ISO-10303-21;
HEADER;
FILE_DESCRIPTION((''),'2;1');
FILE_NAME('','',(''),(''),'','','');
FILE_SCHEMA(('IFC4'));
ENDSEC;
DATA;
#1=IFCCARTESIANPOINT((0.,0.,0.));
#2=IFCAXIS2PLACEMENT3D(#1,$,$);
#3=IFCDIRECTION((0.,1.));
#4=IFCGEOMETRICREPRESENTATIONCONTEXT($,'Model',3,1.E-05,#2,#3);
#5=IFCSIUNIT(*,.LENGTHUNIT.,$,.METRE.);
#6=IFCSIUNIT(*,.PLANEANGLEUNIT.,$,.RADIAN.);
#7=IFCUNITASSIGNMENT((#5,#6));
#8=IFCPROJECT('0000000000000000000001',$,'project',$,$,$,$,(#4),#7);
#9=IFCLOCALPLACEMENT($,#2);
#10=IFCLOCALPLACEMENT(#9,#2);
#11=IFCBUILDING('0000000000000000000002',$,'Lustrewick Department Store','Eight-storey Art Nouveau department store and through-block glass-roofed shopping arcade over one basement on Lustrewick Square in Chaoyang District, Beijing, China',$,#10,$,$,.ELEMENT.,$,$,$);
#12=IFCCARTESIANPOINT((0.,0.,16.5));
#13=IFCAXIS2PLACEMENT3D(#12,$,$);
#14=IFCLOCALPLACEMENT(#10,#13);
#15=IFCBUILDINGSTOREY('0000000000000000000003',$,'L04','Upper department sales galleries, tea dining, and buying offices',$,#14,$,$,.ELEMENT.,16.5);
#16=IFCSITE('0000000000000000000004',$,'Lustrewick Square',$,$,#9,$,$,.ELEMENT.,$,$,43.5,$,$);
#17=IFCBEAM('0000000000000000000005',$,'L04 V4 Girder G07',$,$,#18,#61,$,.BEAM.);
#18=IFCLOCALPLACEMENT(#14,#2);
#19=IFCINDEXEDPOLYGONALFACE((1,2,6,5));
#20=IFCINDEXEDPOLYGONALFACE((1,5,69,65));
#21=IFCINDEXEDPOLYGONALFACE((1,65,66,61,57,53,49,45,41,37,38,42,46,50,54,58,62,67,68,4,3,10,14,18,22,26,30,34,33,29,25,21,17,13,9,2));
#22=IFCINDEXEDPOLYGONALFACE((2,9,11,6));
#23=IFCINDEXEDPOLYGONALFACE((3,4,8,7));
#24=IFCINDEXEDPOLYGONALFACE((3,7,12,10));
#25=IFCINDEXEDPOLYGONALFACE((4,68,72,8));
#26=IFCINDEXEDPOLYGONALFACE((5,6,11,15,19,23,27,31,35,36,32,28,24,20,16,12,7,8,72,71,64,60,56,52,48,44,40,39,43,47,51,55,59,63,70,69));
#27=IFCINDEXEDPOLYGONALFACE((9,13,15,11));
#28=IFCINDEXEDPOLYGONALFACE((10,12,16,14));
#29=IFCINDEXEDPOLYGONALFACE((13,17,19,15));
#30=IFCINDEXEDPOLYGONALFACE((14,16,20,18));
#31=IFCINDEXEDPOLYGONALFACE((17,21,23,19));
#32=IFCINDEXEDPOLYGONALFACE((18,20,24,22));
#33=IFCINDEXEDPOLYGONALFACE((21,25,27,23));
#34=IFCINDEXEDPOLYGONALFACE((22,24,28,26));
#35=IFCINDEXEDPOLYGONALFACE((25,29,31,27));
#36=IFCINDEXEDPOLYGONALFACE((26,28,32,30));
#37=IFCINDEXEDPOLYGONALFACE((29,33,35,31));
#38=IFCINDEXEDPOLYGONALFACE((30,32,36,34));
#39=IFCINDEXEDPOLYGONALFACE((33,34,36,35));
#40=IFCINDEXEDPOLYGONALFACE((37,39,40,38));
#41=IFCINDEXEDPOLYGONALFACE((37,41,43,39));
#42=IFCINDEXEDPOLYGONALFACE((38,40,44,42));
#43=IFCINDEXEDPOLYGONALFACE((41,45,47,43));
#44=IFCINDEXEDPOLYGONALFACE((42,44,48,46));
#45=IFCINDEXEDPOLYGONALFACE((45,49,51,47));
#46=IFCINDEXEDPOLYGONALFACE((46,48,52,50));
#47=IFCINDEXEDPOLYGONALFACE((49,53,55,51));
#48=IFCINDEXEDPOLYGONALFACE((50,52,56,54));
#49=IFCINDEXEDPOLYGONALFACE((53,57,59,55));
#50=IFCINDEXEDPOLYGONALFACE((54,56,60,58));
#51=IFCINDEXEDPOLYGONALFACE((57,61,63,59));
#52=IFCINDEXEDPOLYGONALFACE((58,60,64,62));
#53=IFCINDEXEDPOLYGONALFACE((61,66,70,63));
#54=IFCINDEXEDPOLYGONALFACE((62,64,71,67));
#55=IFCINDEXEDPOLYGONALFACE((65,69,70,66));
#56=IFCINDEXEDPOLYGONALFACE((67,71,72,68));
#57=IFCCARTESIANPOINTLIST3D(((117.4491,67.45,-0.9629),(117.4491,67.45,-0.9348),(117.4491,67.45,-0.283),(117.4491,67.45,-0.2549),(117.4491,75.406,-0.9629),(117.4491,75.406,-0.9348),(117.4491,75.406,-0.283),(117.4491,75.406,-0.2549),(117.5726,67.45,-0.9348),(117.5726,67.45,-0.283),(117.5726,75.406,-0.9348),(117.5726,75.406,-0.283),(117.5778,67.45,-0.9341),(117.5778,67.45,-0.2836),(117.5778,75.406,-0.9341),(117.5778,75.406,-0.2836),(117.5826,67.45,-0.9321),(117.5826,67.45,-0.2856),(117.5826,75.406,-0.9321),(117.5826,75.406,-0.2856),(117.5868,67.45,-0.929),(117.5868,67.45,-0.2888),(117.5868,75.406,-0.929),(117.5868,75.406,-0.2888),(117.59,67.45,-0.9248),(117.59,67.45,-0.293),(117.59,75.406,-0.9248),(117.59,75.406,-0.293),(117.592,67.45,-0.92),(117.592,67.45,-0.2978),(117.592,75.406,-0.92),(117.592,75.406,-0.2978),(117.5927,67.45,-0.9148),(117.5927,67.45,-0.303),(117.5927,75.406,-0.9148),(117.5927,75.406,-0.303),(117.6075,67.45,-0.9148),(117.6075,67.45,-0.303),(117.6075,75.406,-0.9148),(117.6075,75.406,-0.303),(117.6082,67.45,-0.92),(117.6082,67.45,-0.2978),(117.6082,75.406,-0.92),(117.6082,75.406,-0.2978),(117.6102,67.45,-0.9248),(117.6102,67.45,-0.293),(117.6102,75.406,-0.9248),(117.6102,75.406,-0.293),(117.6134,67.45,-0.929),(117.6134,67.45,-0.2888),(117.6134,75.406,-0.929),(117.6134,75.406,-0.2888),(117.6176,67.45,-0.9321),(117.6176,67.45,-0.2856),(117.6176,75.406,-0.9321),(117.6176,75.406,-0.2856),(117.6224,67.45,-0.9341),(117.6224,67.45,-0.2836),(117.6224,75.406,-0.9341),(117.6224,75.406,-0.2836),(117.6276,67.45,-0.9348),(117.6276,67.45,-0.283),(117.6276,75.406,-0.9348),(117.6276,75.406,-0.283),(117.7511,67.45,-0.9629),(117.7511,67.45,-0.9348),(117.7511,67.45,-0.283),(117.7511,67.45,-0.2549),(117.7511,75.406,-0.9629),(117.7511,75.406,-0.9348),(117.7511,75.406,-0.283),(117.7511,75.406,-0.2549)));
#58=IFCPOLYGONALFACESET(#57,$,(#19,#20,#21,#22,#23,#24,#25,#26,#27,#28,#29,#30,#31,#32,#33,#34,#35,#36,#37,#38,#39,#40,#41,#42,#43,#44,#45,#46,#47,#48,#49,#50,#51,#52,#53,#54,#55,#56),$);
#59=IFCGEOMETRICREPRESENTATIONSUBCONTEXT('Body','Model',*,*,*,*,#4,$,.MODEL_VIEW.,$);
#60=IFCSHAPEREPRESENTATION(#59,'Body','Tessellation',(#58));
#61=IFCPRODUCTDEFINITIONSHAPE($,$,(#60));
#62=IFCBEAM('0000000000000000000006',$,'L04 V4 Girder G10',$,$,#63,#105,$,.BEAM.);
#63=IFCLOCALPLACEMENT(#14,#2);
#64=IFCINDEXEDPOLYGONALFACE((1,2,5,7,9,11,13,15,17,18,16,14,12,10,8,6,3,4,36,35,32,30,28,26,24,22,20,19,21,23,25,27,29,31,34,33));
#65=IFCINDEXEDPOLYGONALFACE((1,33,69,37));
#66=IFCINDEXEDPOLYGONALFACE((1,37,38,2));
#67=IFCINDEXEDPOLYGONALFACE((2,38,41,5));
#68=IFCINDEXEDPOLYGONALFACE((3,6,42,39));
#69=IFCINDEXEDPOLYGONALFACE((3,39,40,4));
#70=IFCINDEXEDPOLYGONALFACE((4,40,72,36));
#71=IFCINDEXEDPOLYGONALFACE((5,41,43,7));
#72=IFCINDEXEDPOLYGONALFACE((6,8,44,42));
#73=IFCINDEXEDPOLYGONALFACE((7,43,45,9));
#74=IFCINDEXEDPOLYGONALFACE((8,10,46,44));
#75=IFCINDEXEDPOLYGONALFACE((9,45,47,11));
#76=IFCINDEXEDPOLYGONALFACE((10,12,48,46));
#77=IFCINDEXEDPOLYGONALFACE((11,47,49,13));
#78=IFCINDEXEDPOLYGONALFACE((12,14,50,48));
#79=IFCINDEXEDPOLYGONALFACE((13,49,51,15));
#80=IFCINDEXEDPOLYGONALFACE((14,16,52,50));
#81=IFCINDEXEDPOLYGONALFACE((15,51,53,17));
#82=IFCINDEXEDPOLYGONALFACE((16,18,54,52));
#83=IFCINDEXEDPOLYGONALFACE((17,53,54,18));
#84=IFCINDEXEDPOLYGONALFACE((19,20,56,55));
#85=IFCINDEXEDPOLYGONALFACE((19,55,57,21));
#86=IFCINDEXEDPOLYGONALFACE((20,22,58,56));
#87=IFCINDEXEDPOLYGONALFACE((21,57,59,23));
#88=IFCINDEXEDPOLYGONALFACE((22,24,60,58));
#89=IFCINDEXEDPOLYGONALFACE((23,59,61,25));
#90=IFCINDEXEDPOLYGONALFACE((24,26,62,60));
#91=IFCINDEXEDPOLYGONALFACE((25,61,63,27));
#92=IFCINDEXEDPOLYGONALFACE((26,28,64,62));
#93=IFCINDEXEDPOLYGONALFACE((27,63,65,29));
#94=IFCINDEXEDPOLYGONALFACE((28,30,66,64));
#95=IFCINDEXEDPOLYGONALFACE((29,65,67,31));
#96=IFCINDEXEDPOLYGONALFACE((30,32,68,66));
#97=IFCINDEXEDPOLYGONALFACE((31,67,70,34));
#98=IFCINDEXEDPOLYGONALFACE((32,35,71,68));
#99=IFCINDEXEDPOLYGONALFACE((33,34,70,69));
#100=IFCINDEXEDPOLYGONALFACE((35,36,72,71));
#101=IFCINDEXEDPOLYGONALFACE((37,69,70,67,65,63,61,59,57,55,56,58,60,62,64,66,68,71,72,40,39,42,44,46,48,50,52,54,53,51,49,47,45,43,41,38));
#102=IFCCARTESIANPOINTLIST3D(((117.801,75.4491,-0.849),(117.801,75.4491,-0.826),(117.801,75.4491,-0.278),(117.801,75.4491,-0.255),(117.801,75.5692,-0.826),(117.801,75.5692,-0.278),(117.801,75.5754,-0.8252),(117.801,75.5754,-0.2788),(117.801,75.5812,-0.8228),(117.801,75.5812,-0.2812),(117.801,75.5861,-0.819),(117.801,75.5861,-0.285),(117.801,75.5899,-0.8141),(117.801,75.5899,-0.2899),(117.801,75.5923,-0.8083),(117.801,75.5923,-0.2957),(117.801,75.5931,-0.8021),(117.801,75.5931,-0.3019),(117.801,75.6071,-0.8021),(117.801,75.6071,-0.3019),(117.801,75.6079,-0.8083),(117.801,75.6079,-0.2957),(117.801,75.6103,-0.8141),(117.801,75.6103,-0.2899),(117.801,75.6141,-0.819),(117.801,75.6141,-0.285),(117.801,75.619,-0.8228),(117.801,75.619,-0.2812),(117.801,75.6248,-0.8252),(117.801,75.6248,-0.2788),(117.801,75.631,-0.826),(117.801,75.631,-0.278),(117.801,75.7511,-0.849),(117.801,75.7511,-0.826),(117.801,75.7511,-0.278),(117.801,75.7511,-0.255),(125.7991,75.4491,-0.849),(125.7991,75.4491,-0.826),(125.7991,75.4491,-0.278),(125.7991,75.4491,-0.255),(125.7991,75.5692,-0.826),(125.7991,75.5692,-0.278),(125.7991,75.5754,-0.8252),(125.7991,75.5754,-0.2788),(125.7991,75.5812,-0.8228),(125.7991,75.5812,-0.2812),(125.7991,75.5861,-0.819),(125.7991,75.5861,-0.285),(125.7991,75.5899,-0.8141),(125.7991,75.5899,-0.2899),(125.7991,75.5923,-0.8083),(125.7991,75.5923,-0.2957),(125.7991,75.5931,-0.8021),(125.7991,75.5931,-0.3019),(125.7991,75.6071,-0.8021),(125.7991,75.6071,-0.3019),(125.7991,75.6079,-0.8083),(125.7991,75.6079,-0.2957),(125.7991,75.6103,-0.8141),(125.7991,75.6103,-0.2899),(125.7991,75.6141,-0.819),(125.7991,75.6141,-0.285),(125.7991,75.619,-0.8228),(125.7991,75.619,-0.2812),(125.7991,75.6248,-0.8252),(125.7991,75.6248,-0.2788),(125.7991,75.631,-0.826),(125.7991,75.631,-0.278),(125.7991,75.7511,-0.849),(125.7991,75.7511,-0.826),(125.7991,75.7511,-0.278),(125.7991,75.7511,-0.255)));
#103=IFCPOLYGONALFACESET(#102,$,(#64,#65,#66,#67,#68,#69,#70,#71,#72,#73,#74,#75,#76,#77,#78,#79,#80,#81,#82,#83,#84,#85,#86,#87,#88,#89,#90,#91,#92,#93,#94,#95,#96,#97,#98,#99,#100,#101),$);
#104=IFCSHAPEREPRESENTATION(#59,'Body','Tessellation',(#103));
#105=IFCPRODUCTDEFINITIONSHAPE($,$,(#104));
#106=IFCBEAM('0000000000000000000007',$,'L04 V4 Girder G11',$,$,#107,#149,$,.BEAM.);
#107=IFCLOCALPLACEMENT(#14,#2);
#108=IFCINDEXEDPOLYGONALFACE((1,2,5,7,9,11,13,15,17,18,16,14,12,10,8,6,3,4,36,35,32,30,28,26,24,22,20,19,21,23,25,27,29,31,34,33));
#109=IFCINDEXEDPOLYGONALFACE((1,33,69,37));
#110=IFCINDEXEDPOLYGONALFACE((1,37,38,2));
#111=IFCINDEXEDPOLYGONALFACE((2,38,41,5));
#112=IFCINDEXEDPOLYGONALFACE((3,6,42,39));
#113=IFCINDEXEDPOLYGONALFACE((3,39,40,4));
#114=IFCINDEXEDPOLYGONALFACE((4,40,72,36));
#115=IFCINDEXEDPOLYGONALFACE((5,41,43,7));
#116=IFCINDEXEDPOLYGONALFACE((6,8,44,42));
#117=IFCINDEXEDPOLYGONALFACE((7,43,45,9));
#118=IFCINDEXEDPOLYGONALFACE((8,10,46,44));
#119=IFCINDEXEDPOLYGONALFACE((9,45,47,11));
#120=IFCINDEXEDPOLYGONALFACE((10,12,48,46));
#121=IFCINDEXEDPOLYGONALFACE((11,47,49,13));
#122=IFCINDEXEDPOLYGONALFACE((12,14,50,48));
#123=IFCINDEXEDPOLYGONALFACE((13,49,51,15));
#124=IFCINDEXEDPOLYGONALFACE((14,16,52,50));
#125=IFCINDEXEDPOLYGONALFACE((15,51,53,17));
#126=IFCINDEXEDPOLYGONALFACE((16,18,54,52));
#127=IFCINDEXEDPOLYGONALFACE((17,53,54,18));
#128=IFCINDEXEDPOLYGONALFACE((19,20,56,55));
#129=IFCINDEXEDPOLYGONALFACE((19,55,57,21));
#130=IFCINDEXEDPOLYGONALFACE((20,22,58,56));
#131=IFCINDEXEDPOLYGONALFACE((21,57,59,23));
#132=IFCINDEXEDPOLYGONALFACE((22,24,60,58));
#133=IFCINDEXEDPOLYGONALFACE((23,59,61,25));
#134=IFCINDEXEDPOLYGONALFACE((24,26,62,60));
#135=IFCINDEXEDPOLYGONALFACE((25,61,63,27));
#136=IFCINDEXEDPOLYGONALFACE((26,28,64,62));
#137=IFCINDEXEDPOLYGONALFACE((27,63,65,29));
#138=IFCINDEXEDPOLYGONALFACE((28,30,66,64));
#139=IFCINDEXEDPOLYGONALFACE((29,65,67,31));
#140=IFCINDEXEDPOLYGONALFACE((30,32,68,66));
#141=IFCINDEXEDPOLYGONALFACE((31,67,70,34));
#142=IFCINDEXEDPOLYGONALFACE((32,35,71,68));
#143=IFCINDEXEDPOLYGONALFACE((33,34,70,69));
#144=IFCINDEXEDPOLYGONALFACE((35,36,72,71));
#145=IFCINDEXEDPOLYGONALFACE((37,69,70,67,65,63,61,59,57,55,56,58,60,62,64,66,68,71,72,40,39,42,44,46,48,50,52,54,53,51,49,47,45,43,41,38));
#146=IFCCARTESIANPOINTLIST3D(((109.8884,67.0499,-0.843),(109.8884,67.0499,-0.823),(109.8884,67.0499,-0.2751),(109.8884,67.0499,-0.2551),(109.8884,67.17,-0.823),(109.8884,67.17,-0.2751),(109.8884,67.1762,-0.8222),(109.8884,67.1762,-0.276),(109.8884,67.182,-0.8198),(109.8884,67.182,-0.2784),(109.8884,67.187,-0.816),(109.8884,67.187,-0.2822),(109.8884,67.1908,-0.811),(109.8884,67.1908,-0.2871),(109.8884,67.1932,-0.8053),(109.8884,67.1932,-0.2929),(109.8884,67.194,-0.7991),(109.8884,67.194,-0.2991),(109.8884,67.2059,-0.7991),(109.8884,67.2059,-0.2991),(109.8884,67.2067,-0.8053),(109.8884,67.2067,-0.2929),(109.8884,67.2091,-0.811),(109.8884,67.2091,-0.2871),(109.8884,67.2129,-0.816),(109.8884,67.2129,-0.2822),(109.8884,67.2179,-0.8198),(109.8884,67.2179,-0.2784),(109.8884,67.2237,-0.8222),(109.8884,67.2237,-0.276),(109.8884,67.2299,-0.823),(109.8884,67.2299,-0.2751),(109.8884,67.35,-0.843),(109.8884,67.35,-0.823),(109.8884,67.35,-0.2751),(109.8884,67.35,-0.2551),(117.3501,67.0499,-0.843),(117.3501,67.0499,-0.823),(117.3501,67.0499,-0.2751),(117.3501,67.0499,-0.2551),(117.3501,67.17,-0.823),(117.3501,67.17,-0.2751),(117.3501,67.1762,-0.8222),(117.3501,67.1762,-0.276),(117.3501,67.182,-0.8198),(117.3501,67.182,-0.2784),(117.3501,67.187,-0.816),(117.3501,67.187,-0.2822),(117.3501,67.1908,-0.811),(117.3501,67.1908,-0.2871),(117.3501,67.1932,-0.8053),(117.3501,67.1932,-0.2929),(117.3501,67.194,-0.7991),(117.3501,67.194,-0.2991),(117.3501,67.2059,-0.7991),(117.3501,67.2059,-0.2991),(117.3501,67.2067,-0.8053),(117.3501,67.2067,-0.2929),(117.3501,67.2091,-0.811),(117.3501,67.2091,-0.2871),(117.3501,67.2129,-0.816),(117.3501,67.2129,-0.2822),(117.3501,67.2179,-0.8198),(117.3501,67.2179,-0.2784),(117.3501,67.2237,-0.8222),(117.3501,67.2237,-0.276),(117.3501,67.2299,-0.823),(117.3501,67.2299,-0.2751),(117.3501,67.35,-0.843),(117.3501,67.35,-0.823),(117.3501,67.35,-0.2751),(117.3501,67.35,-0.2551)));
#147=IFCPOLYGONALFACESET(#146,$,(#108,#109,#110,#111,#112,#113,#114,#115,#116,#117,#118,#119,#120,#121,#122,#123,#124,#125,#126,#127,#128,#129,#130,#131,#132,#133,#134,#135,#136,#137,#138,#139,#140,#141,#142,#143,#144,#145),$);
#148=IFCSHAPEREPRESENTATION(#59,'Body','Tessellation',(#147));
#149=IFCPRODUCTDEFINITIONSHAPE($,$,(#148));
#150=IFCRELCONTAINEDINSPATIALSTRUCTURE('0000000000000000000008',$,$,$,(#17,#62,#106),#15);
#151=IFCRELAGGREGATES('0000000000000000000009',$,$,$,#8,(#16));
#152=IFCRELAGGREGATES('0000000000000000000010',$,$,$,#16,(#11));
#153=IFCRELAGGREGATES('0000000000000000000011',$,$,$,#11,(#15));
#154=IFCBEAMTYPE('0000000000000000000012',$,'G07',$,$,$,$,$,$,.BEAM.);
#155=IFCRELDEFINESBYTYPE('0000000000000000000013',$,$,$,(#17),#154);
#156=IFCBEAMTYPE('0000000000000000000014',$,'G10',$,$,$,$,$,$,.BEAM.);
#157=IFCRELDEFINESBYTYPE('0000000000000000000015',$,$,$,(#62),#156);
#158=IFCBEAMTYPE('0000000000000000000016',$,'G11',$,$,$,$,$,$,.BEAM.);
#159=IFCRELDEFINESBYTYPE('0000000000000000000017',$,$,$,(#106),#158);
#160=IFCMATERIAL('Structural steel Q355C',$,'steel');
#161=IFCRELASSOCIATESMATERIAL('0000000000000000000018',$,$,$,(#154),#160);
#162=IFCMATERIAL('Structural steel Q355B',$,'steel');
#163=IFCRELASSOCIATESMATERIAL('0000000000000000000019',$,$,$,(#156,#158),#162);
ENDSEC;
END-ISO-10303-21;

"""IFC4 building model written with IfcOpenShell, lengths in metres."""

from ifc_helpers import new_model, si_unit, direction, frame, origin, origin_2d, place, context, subcontext, project, spatial, i_section, extrude, material, material_profile, profile_set, type_object, element, save


model = new_model("IFC4")

# Units and contexts
model_context = context("Model", 3, precision=1e-05, world=origin(), true_north=direction((0.0, 1.0)))
body_context = subcontext(model_context, "Body", "Model", "MODEL_VIEW")
ifc_project = project(units=[si_unit("LENGTHUNIT", "METRE"), si_unit("PLANEANGLEUNIT", "RADIAN")], contexts=[model_context])

# Site, building, storey
site_placement = place(None, origin())
site = spatial("IfcSite", under=ifc_project, at=site_placement, Name="Lustrewick Square", CompositionType="ELEMENT", RefElevation=43.5)
building_placement = place(site_placement, origin())
building = spatial("IfcBuilding", under=site, at=building_placement, Name="Lustrewick Department Store", Description="Eight-storey Art Nouveau department store and through-block glass-roofed shopping arcade over one basement on Lustrewick Square in Chaoyang District, Beijing, China", CompositionType="ELEMENT")
storey_placement = place(building_placement, frame((0.0, 0.0, 16.5)))
storey = spatial("IfcBuildingStorey", under=building, at=storey_placement, Name="L04", Description="Upper department sales galleries, tea dining, and buying offices", CompositionType="ELEMENT", Elevation=16.5)

# Shared definitions
ifc_material_1 = material(Name="Structural steel Q355B", Category="steel")
ifc_material_2 = material(Name="Structural steel Q355C", Category="steel")

# Beams
ifc_material_profile_1 = material_profile(ifc_material_2, i_section(OverallWidth=0.302, OverallDepth=0.708, WebThickness=0.0149, FlangeThickness=0.0281, FilletRadius=0.02, at=origin_2d()), Name="HN 708x302x15x28")
ifc_profile_set_1 = profile_set([ifc_material_profile_1], Name="Structural steel Q355C")
beam_type_1 = type_object("IfcBeamType", Name="G07", PredefinedType="BEAM", material=ifc_profile_set_1)
beam_1_placement = place(storey_placement, frame((117.6001, 67.45, -0.6089), z_axis=(0.0, 1.0, 0.0), x_axis=(-1.0, 0.0, 0.0)))
element("IfcBeam", 1, at=beam_1_placement, inside=storey, type_object=beam_type_1, Name="L04 V4 Girder G07", PredefinedType="BEAM", context=body_context, shape_type="SweptSolid", body=[
    extrude(i_section(OverallWidth=0.302, OverallDepth=0.708, WebThickness=0.0149, FlangeThickness=0.0281, FilletRadius=0.02, at=origin_2d()), origin(), (0.0, 0.0, 1.0), 7.9561),
])
ifc_material_profile_2 = material_profile(ifc_material_1, i_section(OverallWidth=0.302, OverallDepth=0.594, WebThickness=0.0139, FlangeThickness=0.0229, FilletRadius=0.0239, at=origin_2d()), Name="HM 594x302x14x23")
ifc_profile_set_2 = profile_set([ifc_material_profile_2], Name="Structural steel Q355B")
beam_type_2 = type_object("IfcBeamType", Name="G10", PredefinedType="BEAM", material=ifc_profile_set_2)
beam_2_placement = place(storey_placement, frame((117.801, 75.6001, -0.552), z_axis=(1.0, 0.0, 0.0), x_axis=(0.0, 1.0, 0.0)))
element("IfcBeam", 2, at=beam_2_placement, inside=storey, type_object=beam_type_2, Name="L04 V4 Girder G10", PredefinedType="BEAM", context=body_context, shape_type="SweptSolid", body=[
    extrude(i_section(OverallWidth=0.302, OverallDepth=0.594, WebThickness=0.0139, FlangeThickness=0.0229, FilletRadius=0.0239, at=origin_2d()), origin(), (0.0, 0.0, 1.0), 7.998),
])
ifc_material_profile_3 = material_profile(ifc_material_1, i_section(OverallWidth=0.3, OverallDepth=0.5879, WebThickness=0.012, FlangeThickness=0.02, FilletRadius=0.0239, at=origin_2d()), Name="HM 588x300x12x20")
ifc_profile_set_3 = profile_set([ifc_material_profile_3], Name="Structural steel Q355B")
beam_type_3 = type_object("IfcBeamType", Name="G11", PredefinedType="BEAM", material=ifc_profile_set_3)
beam_3_placement = place(storey_placement, frame((109.8884, 67.2, -0.5491), z_axis=(1.0, 0.0, 0.0), x_axis=(0.0, 1.0, 0.0)))
element("IfcBeam", 3, at=beam_3_placement, inside=storey, type_object=beam_type_3, Name="L04 V4 Girder G11", PredefinedType="BEAM", context=body_context, shape_type="SweptSolid", body=[
    extrude(i_section(OverallWidth=0.3, OverallDepth=0.5879, WebThickness=0.012, FlangeThickness=0.02, FilletRadius=0.0239, at=origin_2d()), origin(), (0.0, 0.0, 1.0), 7.4617),
])

save(model, "model.ifc")
